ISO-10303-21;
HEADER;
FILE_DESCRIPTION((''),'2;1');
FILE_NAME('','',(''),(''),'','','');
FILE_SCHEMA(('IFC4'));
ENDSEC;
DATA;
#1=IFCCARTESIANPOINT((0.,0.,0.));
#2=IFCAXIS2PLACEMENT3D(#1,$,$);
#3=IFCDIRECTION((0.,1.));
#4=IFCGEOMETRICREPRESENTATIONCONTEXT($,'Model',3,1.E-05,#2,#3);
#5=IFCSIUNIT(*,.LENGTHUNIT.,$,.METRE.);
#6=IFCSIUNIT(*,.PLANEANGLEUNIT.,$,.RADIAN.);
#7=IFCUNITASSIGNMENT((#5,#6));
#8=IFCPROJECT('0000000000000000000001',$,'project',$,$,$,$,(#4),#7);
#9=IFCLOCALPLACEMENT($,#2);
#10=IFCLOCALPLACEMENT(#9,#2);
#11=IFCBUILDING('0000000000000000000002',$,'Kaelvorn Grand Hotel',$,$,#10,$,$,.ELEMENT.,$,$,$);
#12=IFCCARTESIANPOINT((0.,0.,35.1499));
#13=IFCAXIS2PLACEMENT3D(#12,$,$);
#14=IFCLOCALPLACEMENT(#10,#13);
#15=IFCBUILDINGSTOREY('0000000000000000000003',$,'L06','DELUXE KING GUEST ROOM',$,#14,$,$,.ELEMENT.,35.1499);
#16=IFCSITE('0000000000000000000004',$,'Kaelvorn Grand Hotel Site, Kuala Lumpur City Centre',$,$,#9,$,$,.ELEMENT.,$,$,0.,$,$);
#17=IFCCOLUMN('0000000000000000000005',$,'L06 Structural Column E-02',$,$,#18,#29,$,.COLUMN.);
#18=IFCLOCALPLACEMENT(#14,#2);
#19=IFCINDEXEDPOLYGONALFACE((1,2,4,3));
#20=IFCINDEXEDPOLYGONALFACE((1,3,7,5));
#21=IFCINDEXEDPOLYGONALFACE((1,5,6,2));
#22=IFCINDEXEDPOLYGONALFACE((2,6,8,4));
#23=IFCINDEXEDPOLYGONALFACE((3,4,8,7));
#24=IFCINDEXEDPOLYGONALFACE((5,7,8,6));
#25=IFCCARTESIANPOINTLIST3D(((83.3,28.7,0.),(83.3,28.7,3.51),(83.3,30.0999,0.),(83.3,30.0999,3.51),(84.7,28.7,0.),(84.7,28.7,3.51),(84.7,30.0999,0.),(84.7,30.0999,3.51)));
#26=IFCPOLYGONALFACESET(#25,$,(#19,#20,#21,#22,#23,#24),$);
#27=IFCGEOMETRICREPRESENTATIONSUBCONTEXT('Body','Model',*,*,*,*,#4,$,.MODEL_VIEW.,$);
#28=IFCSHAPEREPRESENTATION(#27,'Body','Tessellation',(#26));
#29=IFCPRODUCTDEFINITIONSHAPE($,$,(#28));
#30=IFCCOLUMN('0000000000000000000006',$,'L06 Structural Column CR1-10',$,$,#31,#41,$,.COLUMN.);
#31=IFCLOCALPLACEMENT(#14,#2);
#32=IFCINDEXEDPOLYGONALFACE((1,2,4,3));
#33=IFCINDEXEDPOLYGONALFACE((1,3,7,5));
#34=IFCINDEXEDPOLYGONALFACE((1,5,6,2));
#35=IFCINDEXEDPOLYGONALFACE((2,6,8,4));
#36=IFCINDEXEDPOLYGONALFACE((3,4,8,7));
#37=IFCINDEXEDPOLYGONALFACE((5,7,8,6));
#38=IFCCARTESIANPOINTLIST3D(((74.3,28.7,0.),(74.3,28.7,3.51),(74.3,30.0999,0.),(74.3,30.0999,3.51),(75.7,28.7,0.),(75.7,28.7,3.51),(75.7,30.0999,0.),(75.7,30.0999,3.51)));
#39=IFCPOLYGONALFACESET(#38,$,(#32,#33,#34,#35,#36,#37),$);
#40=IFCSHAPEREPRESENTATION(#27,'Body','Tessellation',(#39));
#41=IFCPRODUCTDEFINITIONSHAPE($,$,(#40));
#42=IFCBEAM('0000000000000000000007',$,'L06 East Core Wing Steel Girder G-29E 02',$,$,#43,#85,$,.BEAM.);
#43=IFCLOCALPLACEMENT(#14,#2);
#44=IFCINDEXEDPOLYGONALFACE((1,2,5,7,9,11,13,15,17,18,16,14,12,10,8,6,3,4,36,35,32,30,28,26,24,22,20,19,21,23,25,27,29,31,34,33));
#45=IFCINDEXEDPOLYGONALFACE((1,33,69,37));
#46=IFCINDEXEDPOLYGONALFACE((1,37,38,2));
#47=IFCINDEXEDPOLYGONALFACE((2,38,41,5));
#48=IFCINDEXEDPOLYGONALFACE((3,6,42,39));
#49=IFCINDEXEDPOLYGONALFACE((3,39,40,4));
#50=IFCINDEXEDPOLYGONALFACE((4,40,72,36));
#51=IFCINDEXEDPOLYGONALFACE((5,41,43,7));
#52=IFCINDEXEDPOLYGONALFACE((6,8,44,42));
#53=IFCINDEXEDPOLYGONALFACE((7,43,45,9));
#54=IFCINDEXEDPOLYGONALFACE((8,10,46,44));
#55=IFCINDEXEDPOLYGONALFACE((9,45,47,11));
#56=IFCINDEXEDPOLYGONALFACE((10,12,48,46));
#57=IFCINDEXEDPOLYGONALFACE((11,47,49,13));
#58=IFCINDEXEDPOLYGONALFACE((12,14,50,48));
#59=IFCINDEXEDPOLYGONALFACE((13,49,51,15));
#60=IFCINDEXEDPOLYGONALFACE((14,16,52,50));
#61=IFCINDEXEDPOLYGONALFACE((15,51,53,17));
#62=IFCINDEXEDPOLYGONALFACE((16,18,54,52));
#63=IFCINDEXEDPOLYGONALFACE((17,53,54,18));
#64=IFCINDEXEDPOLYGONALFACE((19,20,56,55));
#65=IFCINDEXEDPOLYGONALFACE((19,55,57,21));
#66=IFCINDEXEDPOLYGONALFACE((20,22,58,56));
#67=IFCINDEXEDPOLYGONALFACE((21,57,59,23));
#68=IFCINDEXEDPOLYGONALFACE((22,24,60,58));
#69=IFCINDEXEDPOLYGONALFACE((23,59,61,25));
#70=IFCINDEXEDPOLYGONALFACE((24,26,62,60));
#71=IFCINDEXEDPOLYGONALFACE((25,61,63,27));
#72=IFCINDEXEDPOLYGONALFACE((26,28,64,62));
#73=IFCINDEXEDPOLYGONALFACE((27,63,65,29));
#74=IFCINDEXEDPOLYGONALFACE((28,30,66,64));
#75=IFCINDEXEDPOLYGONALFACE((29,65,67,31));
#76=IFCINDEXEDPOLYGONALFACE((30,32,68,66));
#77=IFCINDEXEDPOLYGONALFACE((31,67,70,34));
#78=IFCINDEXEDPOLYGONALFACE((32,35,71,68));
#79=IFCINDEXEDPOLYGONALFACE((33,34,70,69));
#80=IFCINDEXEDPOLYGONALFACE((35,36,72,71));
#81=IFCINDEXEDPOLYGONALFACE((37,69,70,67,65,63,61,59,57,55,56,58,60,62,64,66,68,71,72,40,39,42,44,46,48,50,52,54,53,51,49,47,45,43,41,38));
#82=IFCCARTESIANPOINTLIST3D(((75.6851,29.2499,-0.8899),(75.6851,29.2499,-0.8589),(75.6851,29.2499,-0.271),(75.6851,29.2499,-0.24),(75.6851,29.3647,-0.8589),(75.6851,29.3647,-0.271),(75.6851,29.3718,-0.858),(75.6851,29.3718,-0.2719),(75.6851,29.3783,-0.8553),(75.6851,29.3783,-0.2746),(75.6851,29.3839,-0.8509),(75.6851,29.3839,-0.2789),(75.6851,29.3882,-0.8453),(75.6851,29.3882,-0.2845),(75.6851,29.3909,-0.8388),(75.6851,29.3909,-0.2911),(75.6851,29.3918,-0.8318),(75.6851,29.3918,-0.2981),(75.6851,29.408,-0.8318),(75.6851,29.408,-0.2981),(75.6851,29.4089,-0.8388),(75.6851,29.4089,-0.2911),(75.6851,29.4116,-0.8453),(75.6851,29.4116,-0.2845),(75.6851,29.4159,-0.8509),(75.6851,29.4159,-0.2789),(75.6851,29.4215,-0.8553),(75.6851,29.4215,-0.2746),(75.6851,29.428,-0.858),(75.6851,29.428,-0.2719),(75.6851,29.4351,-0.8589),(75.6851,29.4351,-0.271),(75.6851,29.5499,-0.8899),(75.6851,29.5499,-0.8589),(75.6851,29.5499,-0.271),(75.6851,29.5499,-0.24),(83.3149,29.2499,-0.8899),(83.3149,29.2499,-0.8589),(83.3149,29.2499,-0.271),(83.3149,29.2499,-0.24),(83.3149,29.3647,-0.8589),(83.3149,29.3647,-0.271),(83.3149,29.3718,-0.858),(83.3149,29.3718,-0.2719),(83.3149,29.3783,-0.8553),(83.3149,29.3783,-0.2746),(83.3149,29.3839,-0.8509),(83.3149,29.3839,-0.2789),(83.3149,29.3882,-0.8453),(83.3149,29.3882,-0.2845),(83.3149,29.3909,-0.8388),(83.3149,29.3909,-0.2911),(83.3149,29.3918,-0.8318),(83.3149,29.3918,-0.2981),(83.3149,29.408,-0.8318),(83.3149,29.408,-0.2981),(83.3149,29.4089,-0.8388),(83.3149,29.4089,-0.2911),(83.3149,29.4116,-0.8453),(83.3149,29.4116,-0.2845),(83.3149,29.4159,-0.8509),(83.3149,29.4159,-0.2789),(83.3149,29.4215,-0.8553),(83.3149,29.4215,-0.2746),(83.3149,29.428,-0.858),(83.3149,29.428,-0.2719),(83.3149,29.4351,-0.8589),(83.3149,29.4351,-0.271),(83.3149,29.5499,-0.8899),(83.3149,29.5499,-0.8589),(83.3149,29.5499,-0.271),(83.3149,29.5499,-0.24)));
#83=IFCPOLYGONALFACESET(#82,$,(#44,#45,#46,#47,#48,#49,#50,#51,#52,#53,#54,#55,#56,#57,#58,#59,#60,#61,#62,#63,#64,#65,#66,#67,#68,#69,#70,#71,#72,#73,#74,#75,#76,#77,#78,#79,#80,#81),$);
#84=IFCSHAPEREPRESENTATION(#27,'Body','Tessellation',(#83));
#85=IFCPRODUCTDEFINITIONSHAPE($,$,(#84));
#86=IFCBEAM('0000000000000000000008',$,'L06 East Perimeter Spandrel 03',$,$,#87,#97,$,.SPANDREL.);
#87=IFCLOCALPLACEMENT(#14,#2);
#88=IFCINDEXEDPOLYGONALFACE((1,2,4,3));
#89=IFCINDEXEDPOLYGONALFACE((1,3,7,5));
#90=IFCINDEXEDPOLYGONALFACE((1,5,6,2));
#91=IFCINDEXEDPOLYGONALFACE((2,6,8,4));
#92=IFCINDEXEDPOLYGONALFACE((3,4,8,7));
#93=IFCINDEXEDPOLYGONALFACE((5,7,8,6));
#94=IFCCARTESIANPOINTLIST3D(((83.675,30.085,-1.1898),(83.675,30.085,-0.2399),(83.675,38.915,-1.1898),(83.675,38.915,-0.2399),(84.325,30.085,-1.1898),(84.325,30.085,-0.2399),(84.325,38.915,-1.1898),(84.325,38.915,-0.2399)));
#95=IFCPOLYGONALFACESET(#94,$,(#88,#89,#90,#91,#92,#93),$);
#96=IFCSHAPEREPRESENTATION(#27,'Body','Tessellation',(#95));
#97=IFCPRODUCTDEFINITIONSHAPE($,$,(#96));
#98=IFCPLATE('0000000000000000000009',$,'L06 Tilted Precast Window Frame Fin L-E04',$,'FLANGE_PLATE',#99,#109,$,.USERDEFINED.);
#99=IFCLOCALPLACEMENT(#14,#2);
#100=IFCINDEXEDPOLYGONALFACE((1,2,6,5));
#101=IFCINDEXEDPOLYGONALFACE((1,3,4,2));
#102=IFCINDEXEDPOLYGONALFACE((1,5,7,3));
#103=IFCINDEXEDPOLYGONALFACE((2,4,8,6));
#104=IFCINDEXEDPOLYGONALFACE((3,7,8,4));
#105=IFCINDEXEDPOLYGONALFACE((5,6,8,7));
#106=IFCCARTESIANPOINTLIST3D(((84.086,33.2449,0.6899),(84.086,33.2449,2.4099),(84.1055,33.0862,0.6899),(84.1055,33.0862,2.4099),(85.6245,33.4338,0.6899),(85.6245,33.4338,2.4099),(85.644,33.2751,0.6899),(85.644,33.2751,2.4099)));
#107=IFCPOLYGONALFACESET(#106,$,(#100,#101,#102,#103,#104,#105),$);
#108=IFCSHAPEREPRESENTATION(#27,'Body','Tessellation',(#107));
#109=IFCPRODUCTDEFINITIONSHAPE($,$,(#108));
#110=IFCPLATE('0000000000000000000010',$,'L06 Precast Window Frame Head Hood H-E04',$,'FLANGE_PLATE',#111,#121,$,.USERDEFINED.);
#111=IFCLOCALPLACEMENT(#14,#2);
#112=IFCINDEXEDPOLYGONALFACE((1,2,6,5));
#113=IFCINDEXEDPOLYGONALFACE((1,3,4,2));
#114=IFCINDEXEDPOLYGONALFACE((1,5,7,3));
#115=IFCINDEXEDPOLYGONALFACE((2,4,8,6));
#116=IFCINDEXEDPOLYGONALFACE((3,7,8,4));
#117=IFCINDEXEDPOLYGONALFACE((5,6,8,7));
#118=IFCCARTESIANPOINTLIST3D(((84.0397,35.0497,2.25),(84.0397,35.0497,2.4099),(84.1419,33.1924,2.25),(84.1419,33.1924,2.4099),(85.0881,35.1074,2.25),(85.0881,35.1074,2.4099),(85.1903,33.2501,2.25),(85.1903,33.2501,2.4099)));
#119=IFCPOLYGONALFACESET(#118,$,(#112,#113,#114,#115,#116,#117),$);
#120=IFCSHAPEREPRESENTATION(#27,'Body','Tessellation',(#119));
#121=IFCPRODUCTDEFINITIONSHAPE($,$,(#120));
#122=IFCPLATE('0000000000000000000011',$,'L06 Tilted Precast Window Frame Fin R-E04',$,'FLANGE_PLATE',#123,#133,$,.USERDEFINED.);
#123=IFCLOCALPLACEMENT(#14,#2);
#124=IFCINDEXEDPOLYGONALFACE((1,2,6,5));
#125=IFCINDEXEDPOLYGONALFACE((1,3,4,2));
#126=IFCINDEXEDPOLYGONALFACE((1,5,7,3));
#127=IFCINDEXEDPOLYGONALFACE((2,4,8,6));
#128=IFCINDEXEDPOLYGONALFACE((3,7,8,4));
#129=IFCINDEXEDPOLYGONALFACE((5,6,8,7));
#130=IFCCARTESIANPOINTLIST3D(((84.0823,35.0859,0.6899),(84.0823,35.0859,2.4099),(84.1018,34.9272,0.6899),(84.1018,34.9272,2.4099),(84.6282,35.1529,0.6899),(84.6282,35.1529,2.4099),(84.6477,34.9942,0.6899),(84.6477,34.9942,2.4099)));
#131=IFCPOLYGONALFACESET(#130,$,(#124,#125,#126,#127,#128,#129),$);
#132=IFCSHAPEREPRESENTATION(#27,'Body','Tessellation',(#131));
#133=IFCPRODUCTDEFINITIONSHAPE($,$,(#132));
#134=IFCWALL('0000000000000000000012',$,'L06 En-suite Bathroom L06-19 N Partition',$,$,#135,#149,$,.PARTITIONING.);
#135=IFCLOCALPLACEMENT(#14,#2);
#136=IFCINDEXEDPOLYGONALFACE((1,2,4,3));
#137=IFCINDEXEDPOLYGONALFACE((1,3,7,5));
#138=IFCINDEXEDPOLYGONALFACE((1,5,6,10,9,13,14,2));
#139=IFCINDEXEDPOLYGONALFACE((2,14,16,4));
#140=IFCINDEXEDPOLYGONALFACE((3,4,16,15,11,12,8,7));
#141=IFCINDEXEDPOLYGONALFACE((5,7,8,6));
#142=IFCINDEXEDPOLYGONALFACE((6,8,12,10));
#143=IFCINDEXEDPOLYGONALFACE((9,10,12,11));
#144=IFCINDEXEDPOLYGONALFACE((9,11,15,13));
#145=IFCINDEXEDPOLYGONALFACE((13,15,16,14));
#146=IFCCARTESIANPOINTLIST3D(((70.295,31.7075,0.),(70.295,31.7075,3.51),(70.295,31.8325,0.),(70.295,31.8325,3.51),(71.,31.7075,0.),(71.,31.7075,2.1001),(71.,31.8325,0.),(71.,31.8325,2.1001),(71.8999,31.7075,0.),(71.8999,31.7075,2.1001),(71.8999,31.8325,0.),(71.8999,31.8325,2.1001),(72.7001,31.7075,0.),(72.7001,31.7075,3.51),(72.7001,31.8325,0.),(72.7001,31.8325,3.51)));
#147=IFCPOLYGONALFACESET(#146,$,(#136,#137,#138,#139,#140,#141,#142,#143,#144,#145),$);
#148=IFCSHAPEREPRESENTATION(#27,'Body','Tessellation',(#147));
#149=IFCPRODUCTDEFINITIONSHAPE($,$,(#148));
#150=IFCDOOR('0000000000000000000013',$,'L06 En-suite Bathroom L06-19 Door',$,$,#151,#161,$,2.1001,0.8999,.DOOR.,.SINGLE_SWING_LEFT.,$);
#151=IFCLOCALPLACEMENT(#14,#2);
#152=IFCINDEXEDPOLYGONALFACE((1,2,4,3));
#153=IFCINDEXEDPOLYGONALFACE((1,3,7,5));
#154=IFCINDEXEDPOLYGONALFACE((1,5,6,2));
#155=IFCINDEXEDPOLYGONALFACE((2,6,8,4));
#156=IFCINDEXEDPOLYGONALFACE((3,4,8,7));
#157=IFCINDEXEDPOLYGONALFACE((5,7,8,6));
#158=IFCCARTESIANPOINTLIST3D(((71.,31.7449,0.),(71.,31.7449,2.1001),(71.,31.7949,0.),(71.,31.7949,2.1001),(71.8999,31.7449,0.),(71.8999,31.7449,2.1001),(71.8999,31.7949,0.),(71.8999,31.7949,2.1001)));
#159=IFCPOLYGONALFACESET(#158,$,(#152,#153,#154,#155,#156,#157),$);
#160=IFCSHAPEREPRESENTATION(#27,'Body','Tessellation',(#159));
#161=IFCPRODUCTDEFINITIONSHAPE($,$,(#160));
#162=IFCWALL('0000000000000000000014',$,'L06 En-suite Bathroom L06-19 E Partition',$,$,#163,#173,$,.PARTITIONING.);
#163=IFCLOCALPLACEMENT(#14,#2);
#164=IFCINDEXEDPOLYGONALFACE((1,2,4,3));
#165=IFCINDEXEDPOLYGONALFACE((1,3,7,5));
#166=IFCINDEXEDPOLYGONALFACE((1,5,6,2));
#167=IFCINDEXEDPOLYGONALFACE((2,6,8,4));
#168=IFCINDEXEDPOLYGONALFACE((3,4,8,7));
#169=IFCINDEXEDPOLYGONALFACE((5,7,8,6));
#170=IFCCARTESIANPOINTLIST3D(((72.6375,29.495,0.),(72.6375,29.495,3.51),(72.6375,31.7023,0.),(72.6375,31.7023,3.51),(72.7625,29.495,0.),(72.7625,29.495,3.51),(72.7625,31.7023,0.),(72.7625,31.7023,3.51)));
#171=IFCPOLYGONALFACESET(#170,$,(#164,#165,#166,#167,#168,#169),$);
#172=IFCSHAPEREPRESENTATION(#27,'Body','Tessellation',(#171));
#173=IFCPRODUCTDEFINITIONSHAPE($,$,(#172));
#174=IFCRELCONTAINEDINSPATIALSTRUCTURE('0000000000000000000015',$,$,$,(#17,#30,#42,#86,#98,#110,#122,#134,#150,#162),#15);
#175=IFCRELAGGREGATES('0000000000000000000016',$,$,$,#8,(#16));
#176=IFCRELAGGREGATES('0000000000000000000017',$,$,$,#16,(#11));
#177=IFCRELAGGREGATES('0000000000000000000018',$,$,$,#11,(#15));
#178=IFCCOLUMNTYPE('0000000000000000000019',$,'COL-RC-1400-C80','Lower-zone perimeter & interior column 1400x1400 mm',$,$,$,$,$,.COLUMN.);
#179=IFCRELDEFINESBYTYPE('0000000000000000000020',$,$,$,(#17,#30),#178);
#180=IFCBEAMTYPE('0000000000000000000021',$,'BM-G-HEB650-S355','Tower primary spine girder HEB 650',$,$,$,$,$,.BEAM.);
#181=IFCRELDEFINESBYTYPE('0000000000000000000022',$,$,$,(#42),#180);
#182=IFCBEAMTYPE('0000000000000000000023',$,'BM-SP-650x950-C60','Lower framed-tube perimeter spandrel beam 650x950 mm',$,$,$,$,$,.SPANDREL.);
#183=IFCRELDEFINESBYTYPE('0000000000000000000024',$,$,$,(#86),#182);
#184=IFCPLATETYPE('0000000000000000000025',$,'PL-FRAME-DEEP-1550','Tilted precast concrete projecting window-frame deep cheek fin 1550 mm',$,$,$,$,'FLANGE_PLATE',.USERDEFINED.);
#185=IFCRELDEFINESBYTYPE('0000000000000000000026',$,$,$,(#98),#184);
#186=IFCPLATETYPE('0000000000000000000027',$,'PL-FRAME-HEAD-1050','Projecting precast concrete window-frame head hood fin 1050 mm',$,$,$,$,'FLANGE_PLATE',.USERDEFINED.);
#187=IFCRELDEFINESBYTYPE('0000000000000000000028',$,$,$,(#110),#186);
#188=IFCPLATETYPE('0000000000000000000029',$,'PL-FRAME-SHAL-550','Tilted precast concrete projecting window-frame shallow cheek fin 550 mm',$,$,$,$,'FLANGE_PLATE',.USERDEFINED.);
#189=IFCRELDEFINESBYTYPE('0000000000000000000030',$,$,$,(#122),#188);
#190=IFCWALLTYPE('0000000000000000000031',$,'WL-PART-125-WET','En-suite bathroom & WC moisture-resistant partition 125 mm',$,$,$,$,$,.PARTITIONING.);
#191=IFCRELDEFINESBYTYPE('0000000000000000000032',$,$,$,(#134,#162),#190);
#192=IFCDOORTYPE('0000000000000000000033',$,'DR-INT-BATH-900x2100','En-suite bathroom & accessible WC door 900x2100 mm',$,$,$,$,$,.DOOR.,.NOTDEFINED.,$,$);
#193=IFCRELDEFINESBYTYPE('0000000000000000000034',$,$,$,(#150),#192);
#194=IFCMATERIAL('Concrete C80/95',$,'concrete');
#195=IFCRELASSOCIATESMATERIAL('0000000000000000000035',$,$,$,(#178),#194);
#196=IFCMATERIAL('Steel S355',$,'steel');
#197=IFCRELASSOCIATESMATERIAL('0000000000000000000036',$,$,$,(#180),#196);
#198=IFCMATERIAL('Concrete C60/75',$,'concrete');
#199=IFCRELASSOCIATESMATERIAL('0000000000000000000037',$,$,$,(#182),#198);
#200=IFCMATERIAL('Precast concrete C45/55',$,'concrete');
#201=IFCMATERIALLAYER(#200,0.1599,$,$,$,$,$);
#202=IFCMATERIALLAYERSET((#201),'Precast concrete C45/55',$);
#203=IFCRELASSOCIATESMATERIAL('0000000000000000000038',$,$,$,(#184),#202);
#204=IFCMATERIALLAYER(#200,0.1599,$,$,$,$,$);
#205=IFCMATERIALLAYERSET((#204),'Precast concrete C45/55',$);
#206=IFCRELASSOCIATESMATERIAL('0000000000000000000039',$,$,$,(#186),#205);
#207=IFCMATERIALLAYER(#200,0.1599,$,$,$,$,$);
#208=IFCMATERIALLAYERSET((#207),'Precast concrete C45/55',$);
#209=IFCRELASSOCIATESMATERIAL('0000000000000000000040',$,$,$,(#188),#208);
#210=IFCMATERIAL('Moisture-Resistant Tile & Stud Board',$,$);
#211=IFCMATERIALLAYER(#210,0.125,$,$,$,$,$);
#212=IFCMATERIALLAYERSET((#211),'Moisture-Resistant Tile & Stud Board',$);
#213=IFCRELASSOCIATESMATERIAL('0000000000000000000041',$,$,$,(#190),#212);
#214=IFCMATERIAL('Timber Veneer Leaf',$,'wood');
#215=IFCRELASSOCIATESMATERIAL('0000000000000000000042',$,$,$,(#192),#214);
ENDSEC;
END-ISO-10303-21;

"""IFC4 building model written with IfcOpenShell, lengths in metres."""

from ifc_helpers import new_model, si_unit, direction, frame, frame_2d, origin, origin_2d, place, context, subcontext, project, spatial, rectangle, i_section, extrude, material, layer, layer_set, material_profile, profile_set, type_object, element, fill, save


model = new_model("IFC4")

# Units and contexts
model_context = context("Model", 3, precision=1e-05, world=origin(), true_north=direction((0.0, 1.0)))
body_context = subcontext(model_context, "Body", "Model", "MODEL_VIEW")
ifc_project = project(units=[si_unit("LENGTHUNIT", "METRE"), si_unit("PLANEANGLEUNIT", "RADIAN")], contexts=[model_context])

# Site, building, storey
site_placement = place(None, origin())
site = spatial("IfcSite", under=ifc_project, at=site_placement, Name="Kaelvorn Grand Hotel Site, Kuala Lumpur City Centre", CompositionType="ELEMENT", RefElevation=0.0)
building_placement = place(site_placement, origin())
building = spatial("IfcBuilding", under=site, at=building_placement, Name="Kaelvorn Grand Hotel", CompositionType="ELEMENT")
storey_placement = place(building_placement, frame((0.0, 0.0, 35.1499)))
storey = spatial("IfcBuildingStorey", under=building, at=storey_placement, Name="L06", Description="DELUXE KING GUEST ROOM", CompositionType="ELEMENT", Elevation=35.1499)

# Columns
ifc_material_1 = material(Name="Concrete C80/95", Category="concrete")
ifc_material_profile_1 = material_profile(ifc_material_1, rectangle(XDim=1.3999, YDim=1.3999, at=origin_2d()), Name="RC COL 1400x1400")
ifc_profile_set_1 = profile_set([ifc_material_profile_1], Name="Concrete C80/95")
column_type = type_object("IfcColumnType", Name="COL-RC-1400-C80", Description="Lower-zone perimeter & interior column 1400x1400 mm", PredefinedType="COLUMN", material=ifc_profile_set_1)
for number, where, z_axis, x_axis, name in (
    (1, (84.0, 29.3999, 0.0), (0.0, 0.0, 1.0), (1.0, 0.0, 0.0), "L06 Structural Column E-02"),
    (2, (75.0, 29.3999, 0.0), (0.0, 0.0, 1.0), (1.0, 0.0, 0.0), "L06 Structural Column CR1-10"),
):
    element("IfcColumn", number, at=place(storey_placement, frame(where, z_axis=z_axis, x_axis=x_axis)), inside=storey, type_object=column_type, Name=name, PredefinedType="COLUMN", context=body_context, shape_type="SweptSolid", body=[
        extrude(rectangle(XDim=1.3999, YDim=1.3999, at=origin_2d()), origin(), (0.0, 0.0, 1.0), 3.51),
    ])

# Beams
ifc_material_2 = material(Name="Steel S355", Category="steel")
ifc_material_profile_2 = material_profile(ifc_material_2, i_section(OverallWidth=0.3, OverallDepth=0.6499, WebThickness=0.0161, FlangeThickness=0.031, FilletRadius=0.0271, at=origin_2d()), Name="HEB 650")
ifc_profile_set_2 = profile_set([ifc_material_profile_2], Name="Steel S355")
beam_type_1 = type_object("IfcBeamType", Name="BM-G-HEB650-S355", Description="Tower primary spine girder HEB 650", PredefinedType="BEAM", material=ifc_profile_set_2)
beam_1_placement = place(storey_placement, frame((75.6851, 29.3999, -0.5649), z_axis=(1.0, 0.0, 0.0), x_axis=(0.0, 1.0, 0.0)))
element("IfcBeam", 3, at=beam_1_placement, inside=storey, type_object=beam_type_1, Name="L06 East Core Wing Steel Girder G-29E 02", PredefinedType="BEAM", context=body_context, shape_type="SweptSolid", body=[
    extrude(i_section(OverallWidth=0.3, OverallDepth=0.6499, WebThickness=0.0161, FlangeThickness=0.031, FilletRadius=0.0271, at=origin_2d()), origin(), (0.0, 0.0, 1.0), 7.6299),
])
ifc_material_3 = material(Name="Concrete C60/75", Category="concrete")
ifc_material_profile_3 = material_profile(ifc_material_3, rectangle(XDim=0.6499, YDim=0.95, at=origin_2d()), Name="RC SPANDREL 650x950")
ifc_profile_set_3 = profile_set([ifc_material_profile_3], Name="Concrete C60/75")
beam_type_2 = type_object("IfcBeamType", Name="BM-SP-650x950-C60", Description="Lower framed-tube perimeter spandrel beam 650x950 mm", PredefinedType="SPANDREL", material=ifc_profile_set_3)
beam_2_placement = place(storey_placement, frame((84.0, 30.085, -0.7148), z_axis=(0.0, 1.0, 0.0), x_axis=(-1.0, 0.0, 0.0)))
element("IfcBeam", 4, at=beam_2_placement, inside=storey, type_object=beam_type_2, Name="L06 East Perimeter Spandrel 03", PredefinedType="SPANDREL", context=body_context, shape_type="SweptSolid", body=[
    extrude(rectangle(XDim=0.6499, YDim=0.95, at=origin_2d()), origin(), (0.0, 0.0, 1.0), 8.8301),
])

# Plates
ifc_material_4 = material(Name="Precast concrete C45/55", Category="concrete")
ifc_layer_1 = layer(ifc_material_4, 0.1599)
ifc_layer_set_1 = layer_set([ifc_layer_1], Name="Precast concrete C45/55")
plate_type_1 = type_object("IfcPlateType", Name="PL-FRAME-DEEP-1550", Description="Tilted precast concrete projecting window-frame deep cheek fin 1550 mm", ElementType="FLANGE_PLATE", PredefinedType="USERDEFINED", material=ifc_layer_set_1)
plate_1_placement = place(storey_placement, frame((84.865, 33.26, 0.6899), z_axis=(0.0, 0.0, 1.0), x_axis=(-0.121869, 0.992546, 0.0)))
element("IfcPlate", 5, at=plate_1_placement, inside=storey, type_object=plate_type_1, Name="L06 Tilted Precast Window Frame Fin L-E04", ObjectType="FLANGE_PLATE", PredefinedType="USERDEFINED", context=body_context, shape_type="SweptSolid", body=[
    extrude(rectangle(XDim=0.1599, YDim=1.55, at=origin_2d()), origin(), (0.0, 0.0, 1.0), 1.72),
])
ifc_layer_2 = layer(ifc_material_4, 0.1599)
ifc_layer_set_2 = layer_set([ifc_layer_2], Name="Precast concrete C45/55")
plate_type_2 = type_object("IfcPlateType", Name="PL-FRAME-HEAD-1050", Description="Projecting precast concrete window-frame head hood fin 1050 mm", ElementType="FLANGE_PLATE", PredefinedType="USERDEFINED", material=ifc_layer_set_2)
plate_2_placement = place(storey_placement, frame((84.615, 34.1499, 2.25), z_axis=(0.0, 0.0, 1.0), x_axis=(-0.05495, 0.998489, 0.0)))
element("IfcPlate", 6, at=plate_2_placement, inside=storey, type_object=plate_type_2, Name="L06 Precast Window Frame Head Hood H-E04", ObjectType="FLANGE_PLATE", PredefinedType="USERDEFINED", context=body_context, shape_type="SweptSolid", body=[
    extrude(rectangle(XDim=1.8601, YDim=1.05, at=origin_2d()), origin(), (0.0, 0.0, 1.0), 0.1599),
])
ifc_layer_3 = layer(ifc_material_4, 0.1599)
ifc_layer_set_3 = layer_set([ifc_layer_3], Name="Precast concrete C45/55")
plate_type_3 = type_object("IfcPlateType", Name="PL-FRAME-SHAL-550", Description="Tilted precast concrete projecting window-frame shallow cheek fin 550 mm", ElementType="FLANGE_PLATE", PredefinedType="USERDEFINED", material=ifc_layer_set_3)
plate_3_placement = place(storey_placement, frame((84.365, 35.04, 0.6899), z_axis=(0.0, 0.0, 1.0), x_axis=(-0.121869, 0.992546, 0.0)))
element("IfcPlate", 7, at=plate_3_placement, inside=storey, type_object=plate_type_3, Name="L06 Tilted Precast Window Frame Fin R-E04", ObjectType="FLANGE_PLATE", PredefinedType="USERDEFINED", context=body_context, shape_type="SweptSolid", body=[
    extrude(rectangle(XDim=0.1599, YDim=0.55, at=origin_2d()), origin(), (0.0, 0.0, 1.0), 1.72),
])

# Wall, opening, door
ifc_material_5 = material(Name="Moisture-Resistant Tile & Stud Board")
ifc_layer_4 = layer(ifc_material_5, 0.125)
ifc_layer_set_4 = layer_set([ifc_layer_4], Name="Moisture-Resistant Tile & Stud Board")
wall_type_1 = type_object("IfcWallType", Name="WL-PART-125-WET", Description="En-suite bathroom & WC moisture-resistant partition 125 mm", PredefinedType="PARTITIONING", material=ifc_layer_set_4)
wall_1_placement = place(storey_placement, frame((70.2949, 31.77, 0.0), z_axis=(0.0, 0.0, 1.0), x_axis=(1.0, 0.0, 0.0)))
wall_1 = element("IfcWall", 8, at=wall_1_placement, inside=storey, type_object=wall_type_1, Name="L06 En-suite Bathroom L06-19 N Partition", PredefinedType="PARTITIONING", context=body_context, shape_type="SweptSolid", body=[
    extrude(rectangle(XDim=2.405, YDim=0.125, at=frame_2d((1.2026, 0.0))), origin(), (0.0, 0.0, 1.0), 3.51),
])
opening_1_placement = place(wall_1_placement, frame((0.7051, 0.0, 0.0)))
opening_1 = element("IfcOpeningElement", 9, at=opening_1_placement, cuts=wall_1, PredefinedType="OPENING", context=body_context, shape_type="SweptSolid", body=[
    extrude(rectangle(XDim=0.8999, YDim=2.1001, at=frame_2d((0.45, 1.05))), frame((0.0, 0.0725, 0.0), z_axis=(0.0, -1.0, 0.0), x_axis=(1.0, 0.0, 0.0)), (0.0, 0.0, 1.0), 0.145),
])
ifc_material_6 = material(Name="Timber Veneer Leaf", Category="wood")
door_type_1 = type_object("IfcDoorType", Name="DR-INT-BATH-900x2100", Description="En-suite bathroom & accessible WC door 900x2100 mm", OperationType="NOTDEFINED", PredefinedType="DOOR", material=ifc_material_6)
door_1_placement = place(opening_1_placement, origin())
door_1 = element("IfcDoor", 10, at=door_1_placement, inside=storey, type_object=door_type_1, Name="L06 En-suite Bathroom L06-19 Door", OperationType="SINGLE_SWING_LEFT", OverallHeight=2.1001, OverallWidth=0.8999, PredefinedType="DOOR", context=body_context, shape_type="SweptSolid", body=[
    extrude(rectangle(XDim=0.8999, YDim=2.1001, at=frame_2d((0.45, 1.05))), frame((0.0, 0.0249, 0.0), z_axis=(0.0, -1.0, 0.0), x_axis=(1.0, 0.0, 0.0)), (0.0, 0.0, 1.0), 0.05),
])
fill(opening_1, door_1)

# Wall
wall_2_placement = place(storey_placement, frame((72.7, 29.4951, 0.0), z_axis=(0.0, 0.0, 1.0), x_axis=(0.0, 1.0, 0.0)))
element("IfcWall", 11, at=wall_2_placement, inside=storey, type_object=wall_type_1, Name="L06 En-suite Bathroom L06-19 E Partition", PredefinedType="PARTITIONING", context=body_context, shape_type="SweptSolid", body=[
    extrude(rectangle(XDim=2.2073, YDim=0.125, at=frame_2d((1.1035, 0.0))), origin(), (0.0, 0.0, 1.0), 3.51),
])

save(model, "model.ifc")
